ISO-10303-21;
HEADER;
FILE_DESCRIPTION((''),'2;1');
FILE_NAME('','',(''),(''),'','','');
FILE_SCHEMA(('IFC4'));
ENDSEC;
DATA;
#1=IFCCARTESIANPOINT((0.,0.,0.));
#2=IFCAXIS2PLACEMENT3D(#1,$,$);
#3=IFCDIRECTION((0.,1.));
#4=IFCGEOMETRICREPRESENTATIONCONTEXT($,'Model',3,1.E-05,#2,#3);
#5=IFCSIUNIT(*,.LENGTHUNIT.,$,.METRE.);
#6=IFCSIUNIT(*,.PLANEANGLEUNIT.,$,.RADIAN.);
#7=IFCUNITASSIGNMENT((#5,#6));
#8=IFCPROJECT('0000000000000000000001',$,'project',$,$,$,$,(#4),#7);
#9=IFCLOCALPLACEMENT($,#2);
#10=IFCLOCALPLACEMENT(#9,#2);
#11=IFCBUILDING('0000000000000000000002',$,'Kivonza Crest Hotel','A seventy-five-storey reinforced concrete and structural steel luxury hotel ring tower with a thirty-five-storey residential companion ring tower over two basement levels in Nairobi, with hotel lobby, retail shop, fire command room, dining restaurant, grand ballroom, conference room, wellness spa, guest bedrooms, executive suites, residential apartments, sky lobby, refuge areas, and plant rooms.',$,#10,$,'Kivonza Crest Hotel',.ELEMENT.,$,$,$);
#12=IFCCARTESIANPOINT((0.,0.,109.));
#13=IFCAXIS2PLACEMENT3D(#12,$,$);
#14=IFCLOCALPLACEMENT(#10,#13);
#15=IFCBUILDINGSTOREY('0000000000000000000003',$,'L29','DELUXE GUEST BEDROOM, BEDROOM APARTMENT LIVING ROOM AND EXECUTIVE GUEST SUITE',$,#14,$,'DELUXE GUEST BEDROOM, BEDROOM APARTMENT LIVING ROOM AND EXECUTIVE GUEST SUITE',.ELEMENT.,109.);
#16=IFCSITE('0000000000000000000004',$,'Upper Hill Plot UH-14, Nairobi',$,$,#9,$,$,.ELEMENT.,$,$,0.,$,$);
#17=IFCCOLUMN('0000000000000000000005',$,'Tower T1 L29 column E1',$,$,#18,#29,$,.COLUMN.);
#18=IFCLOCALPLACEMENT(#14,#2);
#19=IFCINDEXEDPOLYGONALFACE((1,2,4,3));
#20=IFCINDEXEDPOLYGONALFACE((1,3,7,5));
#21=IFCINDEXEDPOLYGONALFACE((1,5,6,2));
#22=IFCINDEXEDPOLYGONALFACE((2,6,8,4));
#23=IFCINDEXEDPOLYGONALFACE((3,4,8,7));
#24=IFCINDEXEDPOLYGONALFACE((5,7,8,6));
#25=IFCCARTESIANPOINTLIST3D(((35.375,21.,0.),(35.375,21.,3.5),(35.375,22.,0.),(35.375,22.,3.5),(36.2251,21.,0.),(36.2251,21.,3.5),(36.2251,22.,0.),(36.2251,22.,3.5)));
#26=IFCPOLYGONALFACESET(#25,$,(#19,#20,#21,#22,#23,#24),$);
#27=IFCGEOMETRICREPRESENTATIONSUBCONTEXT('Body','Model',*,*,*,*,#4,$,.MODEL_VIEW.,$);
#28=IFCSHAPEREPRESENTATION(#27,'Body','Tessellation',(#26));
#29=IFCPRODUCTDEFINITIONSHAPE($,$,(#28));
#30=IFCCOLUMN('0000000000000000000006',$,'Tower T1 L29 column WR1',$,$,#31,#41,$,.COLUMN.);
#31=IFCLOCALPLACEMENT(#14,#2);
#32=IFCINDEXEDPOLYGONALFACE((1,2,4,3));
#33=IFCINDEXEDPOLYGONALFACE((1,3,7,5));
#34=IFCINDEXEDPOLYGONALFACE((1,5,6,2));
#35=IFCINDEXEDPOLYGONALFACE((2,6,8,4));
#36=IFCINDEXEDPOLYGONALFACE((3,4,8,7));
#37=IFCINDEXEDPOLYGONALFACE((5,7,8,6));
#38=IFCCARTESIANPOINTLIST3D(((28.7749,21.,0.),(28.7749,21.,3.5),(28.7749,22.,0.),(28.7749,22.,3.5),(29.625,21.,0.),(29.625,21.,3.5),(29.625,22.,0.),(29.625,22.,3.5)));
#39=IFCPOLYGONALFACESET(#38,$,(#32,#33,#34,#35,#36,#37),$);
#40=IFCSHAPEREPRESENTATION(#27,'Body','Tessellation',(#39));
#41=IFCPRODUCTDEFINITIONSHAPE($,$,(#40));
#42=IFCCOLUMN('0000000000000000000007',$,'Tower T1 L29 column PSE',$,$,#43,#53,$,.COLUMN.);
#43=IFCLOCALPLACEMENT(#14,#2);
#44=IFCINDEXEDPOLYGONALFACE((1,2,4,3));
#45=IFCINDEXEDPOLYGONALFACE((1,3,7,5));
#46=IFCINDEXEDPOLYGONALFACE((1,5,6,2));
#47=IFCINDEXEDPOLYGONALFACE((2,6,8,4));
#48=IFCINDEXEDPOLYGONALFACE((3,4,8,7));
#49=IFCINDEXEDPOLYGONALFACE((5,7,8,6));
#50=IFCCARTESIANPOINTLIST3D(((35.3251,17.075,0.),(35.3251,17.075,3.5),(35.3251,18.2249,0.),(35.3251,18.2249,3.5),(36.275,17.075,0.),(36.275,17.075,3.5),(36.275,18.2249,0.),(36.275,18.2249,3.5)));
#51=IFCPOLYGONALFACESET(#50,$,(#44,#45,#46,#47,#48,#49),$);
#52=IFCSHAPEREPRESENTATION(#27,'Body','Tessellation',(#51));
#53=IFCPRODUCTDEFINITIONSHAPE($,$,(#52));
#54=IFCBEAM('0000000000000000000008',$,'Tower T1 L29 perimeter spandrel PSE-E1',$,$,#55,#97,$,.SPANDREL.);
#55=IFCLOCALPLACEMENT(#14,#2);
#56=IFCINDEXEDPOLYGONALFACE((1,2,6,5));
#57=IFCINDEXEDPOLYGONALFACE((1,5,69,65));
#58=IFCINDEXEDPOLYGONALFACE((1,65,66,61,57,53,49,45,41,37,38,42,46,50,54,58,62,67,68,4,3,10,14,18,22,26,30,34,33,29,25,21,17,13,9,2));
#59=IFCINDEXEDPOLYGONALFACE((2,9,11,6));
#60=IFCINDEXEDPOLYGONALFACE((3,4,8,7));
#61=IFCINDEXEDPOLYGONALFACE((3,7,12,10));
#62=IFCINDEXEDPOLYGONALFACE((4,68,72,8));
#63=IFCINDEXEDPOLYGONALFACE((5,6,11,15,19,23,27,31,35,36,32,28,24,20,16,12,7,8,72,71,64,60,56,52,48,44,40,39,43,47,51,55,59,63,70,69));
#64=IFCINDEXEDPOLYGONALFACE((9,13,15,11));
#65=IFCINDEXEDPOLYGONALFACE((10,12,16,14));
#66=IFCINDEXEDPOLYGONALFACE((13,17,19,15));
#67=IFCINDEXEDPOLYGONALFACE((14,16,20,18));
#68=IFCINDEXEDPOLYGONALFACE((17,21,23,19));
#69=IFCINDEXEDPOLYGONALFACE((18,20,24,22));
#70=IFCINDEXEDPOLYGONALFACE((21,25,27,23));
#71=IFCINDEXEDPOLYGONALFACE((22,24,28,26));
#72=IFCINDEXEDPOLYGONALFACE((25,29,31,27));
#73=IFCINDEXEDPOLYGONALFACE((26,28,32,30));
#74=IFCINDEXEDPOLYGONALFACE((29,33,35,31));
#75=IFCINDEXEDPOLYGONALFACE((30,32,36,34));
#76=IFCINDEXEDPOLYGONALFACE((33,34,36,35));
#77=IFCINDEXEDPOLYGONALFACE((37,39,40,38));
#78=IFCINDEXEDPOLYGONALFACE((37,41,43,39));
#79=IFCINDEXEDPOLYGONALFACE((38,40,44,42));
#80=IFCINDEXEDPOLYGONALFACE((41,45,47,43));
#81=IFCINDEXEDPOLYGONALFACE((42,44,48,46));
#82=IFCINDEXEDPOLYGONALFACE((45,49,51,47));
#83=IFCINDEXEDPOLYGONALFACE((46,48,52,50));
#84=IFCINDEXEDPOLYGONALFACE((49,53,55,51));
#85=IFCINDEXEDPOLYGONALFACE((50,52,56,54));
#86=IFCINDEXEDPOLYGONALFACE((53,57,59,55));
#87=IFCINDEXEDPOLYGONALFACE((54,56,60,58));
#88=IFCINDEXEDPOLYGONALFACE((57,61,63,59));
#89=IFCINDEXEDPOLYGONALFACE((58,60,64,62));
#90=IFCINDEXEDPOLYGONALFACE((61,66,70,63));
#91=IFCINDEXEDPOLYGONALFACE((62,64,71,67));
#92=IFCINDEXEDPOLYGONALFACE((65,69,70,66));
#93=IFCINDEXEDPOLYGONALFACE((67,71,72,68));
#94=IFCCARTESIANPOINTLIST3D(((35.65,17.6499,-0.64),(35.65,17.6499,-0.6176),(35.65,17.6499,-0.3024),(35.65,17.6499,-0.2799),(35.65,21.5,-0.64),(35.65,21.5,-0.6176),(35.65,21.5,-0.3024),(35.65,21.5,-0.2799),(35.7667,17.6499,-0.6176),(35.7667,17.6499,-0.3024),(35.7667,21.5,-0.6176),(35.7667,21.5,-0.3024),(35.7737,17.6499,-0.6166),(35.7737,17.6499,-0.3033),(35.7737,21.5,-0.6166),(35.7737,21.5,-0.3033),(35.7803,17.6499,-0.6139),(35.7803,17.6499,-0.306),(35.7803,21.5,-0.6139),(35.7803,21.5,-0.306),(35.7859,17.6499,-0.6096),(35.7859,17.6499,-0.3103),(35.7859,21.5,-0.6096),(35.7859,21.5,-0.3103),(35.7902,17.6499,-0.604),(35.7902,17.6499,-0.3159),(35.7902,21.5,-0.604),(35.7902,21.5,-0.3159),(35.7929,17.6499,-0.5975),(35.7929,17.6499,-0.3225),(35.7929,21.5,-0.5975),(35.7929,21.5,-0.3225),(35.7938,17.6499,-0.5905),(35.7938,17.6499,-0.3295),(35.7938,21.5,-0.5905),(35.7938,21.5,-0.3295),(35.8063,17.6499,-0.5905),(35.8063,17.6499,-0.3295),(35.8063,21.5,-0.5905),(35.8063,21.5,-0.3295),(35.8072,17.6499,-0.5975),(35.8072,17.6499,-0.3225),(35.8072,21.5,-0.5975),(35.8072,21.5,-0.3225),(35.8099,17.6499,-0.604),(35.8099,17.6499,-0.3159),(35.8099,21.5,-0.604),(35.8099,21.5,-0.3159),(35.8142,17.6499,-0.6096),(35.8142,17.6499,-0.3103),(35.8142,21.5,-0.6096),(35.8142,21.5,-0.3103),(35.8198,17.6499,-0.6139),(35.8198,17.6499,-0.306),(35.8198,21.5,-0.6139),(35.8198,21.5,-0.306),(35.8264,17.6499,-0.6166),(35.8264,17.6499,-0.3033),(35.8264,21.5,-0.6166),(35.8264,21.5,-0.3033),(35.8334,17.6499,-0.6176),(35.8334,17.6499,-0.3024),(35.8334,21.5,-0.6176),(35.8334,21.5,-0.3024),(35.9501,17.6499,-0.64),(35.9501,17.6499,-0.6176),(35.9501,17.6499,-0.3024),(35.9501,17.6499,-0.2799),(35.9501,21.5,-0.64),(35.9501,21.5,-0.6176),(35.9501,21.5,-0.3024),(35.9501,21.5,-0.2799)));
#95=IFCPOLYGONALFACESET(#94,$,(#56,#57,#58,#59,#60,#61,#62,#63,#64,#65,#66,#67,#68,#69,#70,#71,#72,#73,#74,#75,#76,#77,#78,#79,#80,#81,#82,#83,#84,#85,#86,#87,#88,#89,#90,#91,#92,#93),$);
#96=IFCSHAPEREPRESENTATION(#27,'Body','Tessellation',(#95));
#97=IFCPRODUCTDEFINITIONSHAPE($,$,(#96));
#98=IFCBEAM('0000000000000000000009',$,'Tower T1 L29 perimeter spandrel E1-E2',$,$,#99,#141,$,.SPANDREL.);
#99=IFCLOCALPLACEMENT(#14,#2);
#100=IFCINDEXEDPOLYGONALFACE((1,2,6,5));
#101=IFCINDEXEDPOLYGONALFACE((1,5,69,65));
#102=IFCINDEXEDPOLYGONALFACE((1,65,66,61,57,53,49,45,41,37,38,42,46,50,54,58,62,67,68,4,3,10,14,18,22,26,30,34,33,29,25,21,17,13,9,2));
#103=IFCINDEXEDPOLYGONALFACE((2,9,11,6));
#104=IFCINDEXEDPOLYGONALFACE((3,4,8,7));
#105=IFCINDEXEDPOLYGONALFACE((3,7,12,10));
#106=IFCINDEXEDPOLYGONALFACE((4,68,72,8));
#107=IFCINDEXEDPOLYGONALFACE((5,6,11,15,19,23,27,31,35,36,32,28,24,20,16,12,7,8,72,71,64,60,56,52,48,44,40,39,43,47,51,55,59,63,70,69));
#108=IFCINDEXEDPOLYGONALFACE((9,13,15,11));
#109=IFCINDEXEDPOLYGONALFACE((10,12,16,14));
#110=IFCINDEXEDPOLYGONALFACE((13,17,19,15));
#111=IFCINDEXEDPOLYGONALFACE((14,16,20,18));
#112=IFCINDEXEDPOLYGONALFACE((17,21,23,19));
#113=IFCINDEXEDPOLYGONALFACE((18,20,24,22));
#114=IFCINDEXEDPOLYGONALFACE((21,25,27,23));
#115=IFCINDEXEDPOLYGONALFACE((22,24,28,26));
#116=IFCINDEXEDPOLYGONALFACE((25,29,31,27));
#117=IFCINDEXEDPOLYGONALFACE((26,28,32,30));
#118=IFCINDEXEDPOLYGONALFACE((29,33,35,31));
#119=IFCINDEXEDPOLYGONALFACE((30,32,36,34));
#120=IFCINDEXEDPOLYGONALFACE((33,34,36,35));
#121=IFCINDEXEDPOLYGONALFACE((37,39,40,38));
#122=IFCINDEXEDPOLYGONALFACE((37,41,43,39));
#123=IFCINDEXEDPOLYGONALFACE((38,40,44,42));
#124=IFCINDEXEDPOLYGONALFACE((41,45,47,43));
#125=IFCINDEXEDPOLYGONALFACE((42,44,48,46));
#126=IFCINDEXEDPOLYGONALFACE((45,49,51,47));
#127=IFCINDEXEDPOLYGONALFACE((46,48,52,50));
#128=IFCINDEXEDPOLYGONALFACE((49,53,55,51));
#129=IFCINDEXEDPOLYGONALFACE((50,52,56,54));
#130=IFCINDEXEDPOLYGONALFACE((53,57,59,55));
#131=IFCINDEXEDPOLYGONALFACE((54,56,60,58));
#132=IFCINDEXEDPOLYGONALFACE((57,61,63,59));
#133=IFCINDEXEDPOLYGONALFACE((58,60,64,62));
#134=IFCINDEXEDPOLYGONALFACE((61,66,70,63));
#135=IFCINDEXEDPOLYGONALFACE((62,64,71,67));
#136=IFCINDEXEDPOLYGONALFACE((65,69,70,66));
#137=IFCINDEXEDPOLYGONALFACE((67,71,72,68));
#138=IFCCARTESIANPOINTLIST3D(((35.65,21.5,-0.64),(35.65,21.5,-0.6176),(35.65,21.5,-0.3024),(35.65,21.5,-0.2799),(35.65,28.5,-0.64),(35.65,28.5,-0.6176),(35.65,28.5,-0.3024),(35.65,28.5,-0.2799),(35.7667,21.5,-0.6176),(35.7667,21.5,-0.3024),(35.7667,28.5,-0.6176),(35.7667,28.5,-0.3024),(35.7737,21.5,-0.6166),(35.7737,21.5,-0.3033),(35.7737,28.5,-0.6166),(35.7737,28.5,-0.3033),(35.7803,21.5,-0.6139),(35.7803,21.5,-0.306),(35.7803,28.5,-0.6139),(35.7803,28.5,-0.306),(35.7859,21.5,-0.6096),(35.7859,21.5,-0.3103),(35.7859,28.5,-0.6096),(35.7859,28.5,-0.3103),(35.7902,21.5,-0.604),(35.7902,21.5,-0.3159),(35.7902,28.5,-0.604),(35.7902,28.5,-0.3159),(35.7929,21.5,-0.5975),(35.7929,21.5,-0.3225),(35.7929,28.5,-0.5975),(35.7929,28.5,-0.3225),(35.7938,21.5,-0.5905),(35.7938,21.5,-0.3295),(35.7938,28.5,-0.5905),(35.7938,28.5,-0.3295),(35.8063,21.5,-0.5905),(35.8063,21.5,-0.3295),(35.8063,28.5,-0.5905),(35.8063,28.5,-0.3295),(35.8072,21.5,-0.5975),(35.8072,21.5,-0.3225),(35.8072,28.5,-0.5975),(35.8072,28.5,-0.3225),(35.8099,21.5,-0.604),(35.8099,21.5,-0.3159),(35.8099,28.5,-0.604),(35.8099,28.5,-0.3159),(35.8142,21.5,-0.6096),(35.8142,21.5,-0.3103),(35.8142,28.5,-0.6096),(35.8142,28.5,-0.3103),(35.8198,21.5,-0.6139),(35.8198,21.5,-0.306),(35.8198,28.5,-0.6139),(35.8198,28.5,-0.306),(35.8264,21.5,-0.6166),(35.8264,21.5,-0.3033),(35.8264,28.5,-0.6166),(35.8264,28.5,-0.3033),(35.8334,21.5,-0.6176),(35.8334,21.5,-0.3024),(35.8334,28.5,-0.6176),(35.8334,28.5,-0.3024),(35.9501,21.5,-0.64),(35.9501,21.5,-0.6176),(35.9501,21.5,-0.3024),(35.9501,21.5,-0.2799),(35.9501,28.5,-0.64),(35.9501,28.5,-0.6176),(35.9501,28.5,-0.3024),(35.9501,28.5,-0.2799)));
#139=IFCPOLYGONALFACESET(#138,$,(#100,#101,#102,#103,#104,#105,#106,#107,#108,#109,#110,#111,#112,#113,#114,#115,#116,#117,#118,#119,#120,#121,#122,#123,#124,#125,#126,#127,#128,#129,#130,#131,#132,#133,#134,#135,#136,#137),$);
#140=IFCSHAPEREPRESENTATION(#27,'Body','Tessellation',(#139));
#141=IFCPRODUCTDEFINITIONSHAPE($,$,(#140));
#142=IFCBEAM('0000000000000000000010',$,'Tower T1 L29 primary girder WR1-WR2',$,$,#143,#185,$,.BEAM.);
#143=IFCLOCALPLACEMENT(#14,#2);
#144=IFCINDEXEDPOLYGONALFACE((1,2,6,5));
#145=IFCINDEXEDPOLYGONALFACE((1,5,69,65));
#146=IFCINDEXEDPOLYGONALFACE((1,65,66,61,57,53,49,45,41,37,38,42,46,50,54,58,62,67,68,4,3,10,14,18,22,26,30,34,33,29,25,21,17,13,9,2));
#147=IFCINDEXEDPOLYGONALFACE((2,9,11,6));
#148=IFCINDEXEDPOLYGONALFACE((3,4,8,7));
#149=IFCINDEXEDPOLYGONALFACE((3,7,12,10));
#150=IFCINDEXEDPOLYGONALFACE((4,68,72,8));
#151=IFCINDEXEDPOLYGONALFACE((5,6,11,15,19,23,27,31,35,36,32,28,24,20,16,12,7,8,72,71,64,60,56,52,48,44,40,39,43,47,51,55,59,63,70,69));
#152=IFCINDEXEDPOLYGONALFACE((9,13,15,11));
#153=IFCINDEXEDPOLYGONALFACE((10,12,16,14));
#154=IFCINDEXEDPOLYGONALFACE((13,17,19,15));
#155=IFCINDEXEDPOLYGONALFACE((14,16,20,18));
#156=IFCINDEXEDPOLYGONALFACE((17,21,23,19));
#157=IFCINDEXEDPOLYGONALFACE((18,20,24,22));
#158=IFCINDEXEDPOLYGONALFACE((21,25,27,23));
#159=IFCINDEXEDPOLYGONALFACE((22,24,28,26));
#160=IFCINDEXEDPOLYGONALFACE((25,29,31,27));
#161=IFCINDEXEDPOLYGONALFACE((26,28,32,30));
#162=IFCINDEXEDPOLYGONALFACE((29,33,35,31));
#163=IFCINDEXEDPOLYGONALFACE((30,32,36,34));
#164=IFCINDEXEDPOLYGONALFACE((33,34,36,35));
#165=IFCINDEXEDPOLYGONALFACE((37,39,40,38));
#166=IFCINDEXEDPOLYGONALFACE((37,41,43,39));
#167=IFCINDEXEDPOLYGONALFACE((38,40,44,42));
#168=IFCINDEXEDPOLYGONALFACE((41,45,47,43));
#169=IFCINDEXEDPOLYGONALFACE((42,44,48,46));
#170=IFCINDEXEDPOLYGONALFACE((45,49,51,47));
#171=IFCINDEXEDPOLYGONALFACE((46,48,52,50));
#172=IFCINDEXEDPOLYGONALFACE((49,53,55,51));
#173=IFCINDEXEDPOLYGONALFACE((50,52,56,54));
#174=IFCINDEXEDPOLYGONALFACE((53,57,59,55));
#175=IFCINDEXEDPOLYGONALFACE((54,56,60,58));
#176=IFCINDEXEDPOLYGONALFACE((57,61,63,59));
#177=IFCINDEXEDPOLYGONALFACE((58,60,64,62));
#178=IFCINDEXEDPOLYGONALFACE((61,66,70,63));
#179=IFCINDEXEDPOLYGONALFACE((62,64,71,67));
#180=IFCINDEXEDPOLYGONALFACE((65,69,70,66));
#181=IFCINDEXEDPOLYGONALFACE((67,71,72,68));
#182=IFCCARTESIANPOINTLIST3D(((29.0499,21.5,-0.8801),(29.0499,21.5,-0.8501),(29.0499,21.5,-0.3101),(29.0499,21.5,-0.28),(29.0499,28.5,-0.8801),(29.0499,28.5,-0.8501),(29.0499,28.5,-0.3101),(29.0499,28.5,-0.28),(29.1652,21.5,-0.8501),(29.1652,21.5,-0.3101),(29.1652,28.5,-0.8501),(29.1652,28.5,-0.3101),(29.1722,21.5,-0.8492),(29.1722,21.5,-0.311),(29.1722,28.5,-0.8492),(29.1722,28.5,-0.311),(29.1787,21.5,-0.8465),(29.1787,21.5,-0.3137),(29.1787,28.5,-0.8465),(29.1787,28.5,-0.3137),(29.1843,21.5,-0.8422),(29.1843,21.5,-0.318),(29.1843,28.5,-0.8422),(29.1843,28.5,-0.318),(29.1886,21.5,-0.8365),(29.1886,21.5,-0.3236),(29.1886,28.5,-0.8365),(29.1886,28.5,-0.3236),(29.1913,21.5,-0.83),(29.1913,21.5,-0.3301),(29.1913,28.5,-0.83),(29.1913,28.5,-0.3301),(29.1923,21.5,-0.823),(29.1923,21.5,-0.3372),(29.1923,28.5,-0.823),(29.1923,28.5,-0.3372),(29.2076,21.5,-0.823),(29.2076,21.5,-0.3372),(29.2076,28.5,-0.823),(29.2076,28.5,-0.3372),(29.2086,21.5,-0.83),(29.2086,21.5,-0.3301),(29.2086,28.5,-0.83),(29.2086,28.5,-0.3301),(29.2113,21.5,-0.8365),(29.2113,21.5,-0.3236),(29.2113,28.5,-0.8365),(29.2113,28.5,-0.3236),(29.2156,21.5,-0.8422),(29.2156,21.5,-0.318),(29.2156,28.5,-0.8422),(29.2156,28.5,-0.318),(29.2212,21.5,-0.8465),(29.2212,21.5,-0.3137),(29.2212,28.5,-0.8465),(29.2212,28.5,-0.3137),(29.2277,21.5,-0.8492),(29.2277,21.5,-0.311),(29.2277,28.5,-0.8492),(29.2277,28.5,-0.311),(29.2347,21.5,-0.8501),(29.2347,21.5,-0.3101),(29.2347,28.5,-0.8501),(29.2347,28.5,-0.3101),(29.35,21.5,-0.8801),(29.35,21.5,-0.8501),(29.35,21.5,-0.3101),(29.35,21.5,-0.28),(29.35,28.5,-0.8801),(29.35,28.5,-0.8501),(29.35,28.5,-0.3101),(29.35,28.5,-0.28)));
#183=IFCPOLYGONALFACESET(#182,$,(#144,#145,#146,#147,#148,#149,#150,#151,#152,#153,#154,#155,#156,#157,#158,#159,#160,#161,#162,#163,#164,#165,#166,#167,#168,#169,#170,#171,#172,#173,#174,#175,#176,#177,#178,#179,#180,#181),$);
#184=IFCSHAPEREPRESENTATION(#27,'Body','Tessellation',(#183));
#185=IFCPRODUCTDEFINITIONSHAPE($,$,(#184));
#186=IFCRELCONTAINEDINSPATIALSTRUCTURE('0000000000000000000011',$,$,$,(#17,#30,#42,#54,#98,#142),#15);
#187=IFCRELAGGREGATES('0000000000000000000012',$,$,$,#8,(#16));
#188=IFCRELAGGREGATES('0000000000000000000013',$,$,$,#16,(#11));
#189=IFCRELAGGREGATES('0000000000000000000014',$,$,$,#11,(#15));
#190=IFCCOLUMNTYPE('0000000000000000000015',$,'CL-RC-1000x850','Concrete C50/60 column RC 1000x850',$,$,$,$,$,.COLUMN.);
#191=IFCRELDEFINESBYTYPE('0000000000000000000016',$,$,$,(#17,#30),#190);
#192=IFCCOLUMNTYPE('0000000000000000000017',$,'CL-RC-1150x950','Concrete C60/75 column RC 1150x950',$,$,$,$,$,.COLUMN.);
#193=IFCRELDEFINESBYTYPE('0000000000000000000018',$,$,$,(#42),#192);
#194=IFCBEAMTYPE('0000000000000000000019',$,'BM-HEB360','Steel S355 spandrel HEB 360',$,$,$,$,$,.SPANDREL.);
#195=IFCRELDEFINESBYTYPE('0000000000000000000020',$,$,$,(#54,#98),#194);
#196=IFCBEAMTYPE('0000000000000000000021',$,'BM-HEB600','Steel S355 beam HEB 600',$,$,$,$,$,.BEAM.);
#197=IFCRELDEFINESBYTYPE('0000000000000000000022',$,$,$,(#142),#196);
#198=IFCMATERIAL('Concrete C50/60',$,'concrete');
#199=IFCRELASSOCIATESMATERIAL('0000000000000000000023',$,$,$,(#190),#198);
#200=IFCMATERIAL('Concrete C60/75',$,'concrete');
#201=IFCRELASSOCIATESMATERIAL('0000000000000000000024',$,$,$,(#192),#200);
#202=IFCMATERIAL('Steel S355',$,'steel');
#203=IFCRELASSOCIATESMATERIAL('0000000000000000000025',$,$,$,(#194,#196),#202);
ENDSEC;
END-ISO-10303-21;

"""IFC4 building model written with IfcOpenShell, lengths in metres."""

from ifc_helpers import new_model, si_unit, direction, frame, origin, origin_2d, place, context, subcontext, project, spatial, rectangle, i_section, extrude, material, material_profile, profile_set, type_object, element, save


model = new_model("IFC4")

# Units and contexts
model_context = context("Model", 3, precision=1e-05, world=origin(), true_north=direction((0.0, 1.0)))
body_context = subcontext(model_context, "Body", "Model", "MODEL_VIEW")
ifc_project = project(units=[si_unit("LENGTHUNIT", "METRE"), si_unit("PLANEANGLEUNIT", "RADIAN")], contexts=[model_context])

# Site, building, storey
site_placement = place(None, origin())
site = spatial("IfcSite", under=ifc_project, at=site_placement, Name="Upper Hill Plot UH-14, Nairobi", CompositionType="ELEMENT", RefElevation=0.0)
building_placement = place(site_placement, origin())
building = spatial("IfcBuilding", under=site, at=building_placement, Name="Kivonza Crest Hotel", Description="A seventy-five-storey reinforced concrete and structural steel luxury hotel ring tower with a thirty-five-storey residential companion ring tower over two basement levels in Nairobi, with hotel lobby, retail shop, fire command room, dining restaurant, grand ballroom, conference room, wellness spa, guest bedrooms, executive suites, residential apartments, sky lobby, refuge areas, and plant rooms.", LongName="Kivonza Crest Hotel", CompositionType="ELEMENT")
storey_placement = place(building_placement, frame((0.0, 0.0, 109.0)))
storey = spatial("IfcBuildingStorey", under=building, at=storey_placement, Name="L29", Description="DELUXE GUEST BEDROOM, BEDROOM APARTMENT LIVING ROOM AND EXECUTIVE GUEST SUITE", LongName="DELUXE GUEST BEDROOM, BEDROOM APARTMENT LIVING ROOM AND EXECUTIVE GUEST SUITE", CompositionType="ELEMENT", Elevation=109.0)

# Columns
ifc_material_1 = material(Name="Concrete C50/60", Category="concrete")
ifc_material_profile_1 = material_profile(ifc_material_1, rectangle(XDim=0.8501, YDim=1.0, at=origin_2d()), Name="RC 1000x850")
ifc_profile_set_1 = profile_set([ifc_material_profile_1], Name="Concrete C50/60")
column_type_1 = type_object("IfcColumnType", Name="CL-RC-1000x850", Description="Concrete C50/60 column RC 1000x850", PredefinedType="COLUMN", material=ifc_profile_set_1)
for number, where, z_axis, x_axis, name in (
    (1, (35.8, 21.5, 0.0), (0.0, 0.0, 1.0), (1.0, 0.0, 0.0), "Tower T1 L29 column E1"),
    (2, (29.2, 21.5, 0.0), (0.0, 0.0, 1.0), (1.0, 0.0, 0.0), "Tower T1 L29 column WR1"),
):
    element("IfcColumn", number, at=place(storey_placement, frame(where, z_axis=z_axis, x_axis=x_axis)), inside=storey, type_object=column_type_1, Name=name, PredefinedType="COLUMN", context=body_context, shape_type="SweptSolid", body=[
        extrude(rectangle(XDim=0.8501, YDim=1.0, at=origin_2d()), origin(), (0.0, 0.0, 1.0), 3.5),
    ])
ifc_material_2 = material(Name="Concrete C60/75", Category="concrete")
ifc_material_profile_2 = material_profile(ifc_material_2, rectangle(XDim=0.95, YDim=1.1499, at=origin_2d()), Name="RC 1150x950")
ifc_profile_set_2 = profile_set([ifc_material_profile_2], Name="Concrete C60/75")
column_type_2 = type_object("IfcColumnType", Name="CL-RC-1150x950", Description="Concrete C60/75 column RC 1150x950", PredefinedType="COLUMN", material=ifc_profile_set_2)
column_placement = place(storey_placement, frame((35.8, 17.6499, 0.0), z_axis=(0.0, 0.0, 1.0), x_axis=(1.0, 0.0, 0.0)))
element("IfcColumn", 3, at=column_placement, inside=storey, type_object=column_type_2, Name="Tower T1 L29 column PSE", PredefinedType="COLUMN", context=body_context, shape_type="SweptSolid", body=[
    extrude(rectangle(XDim=0.95, YDim=1.1499, at=origin_2d()), origin(), (0.0, 0.0, 1.0), 3.5),
])

# Beams
ifc_material_3 = material(Name="Steel S355", Category="steel")
ifc_material_profile_3 = material_profile(ifc_material_3, i_section(OverallWidth=0.3, OverallDepth=0.3601, WebThickness=0.0125, FlangeThickness=0.0225, FilletRadius=0.0271, at=origin_2d()), Name="HEB 360")
ifc_profile_set_3 = profile_set([ifc_material_profile_3], Name="Steel S355")
beam_type_1 = type_object("IfcBeamType", Name="BM-HEB360", Description="Steel S355 spandrel HEB 360", PredefinedType="SPANDREL", material=ifc_profile_set_3)
beam_1_placement = place(storey_placement, frame((35.8, 17.6499, -0.46), z_axis=(0.0, 1.0, 0.0), x_axis=(-1.0, 0.0, 0.0)))
element("IfcBeam", 4, at=beam_1_placement, inside=storey, type_object=beam_type_1, Name="Tower T1 L29 perimeter spandrel PSE-E1", PredefinedType="SPANDREL", context=body_context, shape_type="SweptSolid", body=[
    extrude(i_section(OverallWidth=0.3, OverallDepth=0.3601, WebThickness=0.0125, FlangeThickness=0.0225, FilletRadius=0.0271, at=origin_2d()), origin(), (0.0, 0.0, 1.0), 3.8501),
])
beam_2_placement = place(storey_placement, frame((35.8, 21.5, -0.46), z_axis=(0.0, 1.0, 0.0), x_axis=(-1.0, 0.0, 0.0)))
element("IfcBeam", 5, at=beam_2_placement, inside=storey, type_object=beam_type_1, Name="Tower T1 L29 perimeter spandrel E1-E2", PredefinedType="SPANDREL", context=body_context, shape_type="SweptSolid", body=[
    extrude(i_section(OverallWidth=0.3, OverallDepth=0.3601, WebThickness=0.0125, FlangeThickness=0.0225, FilletRadius=0.0271, at=origin_2d()), origin(), (0.0, 0.0, 1.0), 7.0),
])
ifc_material_profile_4 = material_profile(ifc_material_3, i_section(OverallWidth=0.3, OverallDepth=0.6001, WebThickness=0.0154, FlangeThickness=0.03, FilletRadius=0.0271, at=origin_2d()), Name="HEB 600")
ifc_profile_set_4 = profile_set([ifc_material_profile_4], Name="Steel S355")
beam_type_2 = type_object("IfcBeamType", Name="BM-HEB600", Description="Steel S355 beam HEB 600", PredefinedType="BEAM", material=ifc_profile_set_4)
beam_3_placement = place(storey_placement, frame((29.2, 21.5, -0.5801), z_axis=(0.0, 1.0, 0.0), x_axis=(-1.0, 0.0, 0.0)))
element("IfcBeam", 6, at=beam_3_placement, inside=storey, type_object=beam_type_2, Name="Tower T1 L29 primary girder WR1-WR2", PredefinedType="BEAM", context=body_context, shape_type="SweptSolid", body=[
    extrude(i_section(OverallWidth=0.3, OverallDepth=0.6001, WebThickness=0.0154, FlangeThickness=0.03, FilletRadius=0.0271, at=origin_2d()), origin(), (0.0, 0.0, 1.0), 7.0),
])

save(model, "model.ifc")
